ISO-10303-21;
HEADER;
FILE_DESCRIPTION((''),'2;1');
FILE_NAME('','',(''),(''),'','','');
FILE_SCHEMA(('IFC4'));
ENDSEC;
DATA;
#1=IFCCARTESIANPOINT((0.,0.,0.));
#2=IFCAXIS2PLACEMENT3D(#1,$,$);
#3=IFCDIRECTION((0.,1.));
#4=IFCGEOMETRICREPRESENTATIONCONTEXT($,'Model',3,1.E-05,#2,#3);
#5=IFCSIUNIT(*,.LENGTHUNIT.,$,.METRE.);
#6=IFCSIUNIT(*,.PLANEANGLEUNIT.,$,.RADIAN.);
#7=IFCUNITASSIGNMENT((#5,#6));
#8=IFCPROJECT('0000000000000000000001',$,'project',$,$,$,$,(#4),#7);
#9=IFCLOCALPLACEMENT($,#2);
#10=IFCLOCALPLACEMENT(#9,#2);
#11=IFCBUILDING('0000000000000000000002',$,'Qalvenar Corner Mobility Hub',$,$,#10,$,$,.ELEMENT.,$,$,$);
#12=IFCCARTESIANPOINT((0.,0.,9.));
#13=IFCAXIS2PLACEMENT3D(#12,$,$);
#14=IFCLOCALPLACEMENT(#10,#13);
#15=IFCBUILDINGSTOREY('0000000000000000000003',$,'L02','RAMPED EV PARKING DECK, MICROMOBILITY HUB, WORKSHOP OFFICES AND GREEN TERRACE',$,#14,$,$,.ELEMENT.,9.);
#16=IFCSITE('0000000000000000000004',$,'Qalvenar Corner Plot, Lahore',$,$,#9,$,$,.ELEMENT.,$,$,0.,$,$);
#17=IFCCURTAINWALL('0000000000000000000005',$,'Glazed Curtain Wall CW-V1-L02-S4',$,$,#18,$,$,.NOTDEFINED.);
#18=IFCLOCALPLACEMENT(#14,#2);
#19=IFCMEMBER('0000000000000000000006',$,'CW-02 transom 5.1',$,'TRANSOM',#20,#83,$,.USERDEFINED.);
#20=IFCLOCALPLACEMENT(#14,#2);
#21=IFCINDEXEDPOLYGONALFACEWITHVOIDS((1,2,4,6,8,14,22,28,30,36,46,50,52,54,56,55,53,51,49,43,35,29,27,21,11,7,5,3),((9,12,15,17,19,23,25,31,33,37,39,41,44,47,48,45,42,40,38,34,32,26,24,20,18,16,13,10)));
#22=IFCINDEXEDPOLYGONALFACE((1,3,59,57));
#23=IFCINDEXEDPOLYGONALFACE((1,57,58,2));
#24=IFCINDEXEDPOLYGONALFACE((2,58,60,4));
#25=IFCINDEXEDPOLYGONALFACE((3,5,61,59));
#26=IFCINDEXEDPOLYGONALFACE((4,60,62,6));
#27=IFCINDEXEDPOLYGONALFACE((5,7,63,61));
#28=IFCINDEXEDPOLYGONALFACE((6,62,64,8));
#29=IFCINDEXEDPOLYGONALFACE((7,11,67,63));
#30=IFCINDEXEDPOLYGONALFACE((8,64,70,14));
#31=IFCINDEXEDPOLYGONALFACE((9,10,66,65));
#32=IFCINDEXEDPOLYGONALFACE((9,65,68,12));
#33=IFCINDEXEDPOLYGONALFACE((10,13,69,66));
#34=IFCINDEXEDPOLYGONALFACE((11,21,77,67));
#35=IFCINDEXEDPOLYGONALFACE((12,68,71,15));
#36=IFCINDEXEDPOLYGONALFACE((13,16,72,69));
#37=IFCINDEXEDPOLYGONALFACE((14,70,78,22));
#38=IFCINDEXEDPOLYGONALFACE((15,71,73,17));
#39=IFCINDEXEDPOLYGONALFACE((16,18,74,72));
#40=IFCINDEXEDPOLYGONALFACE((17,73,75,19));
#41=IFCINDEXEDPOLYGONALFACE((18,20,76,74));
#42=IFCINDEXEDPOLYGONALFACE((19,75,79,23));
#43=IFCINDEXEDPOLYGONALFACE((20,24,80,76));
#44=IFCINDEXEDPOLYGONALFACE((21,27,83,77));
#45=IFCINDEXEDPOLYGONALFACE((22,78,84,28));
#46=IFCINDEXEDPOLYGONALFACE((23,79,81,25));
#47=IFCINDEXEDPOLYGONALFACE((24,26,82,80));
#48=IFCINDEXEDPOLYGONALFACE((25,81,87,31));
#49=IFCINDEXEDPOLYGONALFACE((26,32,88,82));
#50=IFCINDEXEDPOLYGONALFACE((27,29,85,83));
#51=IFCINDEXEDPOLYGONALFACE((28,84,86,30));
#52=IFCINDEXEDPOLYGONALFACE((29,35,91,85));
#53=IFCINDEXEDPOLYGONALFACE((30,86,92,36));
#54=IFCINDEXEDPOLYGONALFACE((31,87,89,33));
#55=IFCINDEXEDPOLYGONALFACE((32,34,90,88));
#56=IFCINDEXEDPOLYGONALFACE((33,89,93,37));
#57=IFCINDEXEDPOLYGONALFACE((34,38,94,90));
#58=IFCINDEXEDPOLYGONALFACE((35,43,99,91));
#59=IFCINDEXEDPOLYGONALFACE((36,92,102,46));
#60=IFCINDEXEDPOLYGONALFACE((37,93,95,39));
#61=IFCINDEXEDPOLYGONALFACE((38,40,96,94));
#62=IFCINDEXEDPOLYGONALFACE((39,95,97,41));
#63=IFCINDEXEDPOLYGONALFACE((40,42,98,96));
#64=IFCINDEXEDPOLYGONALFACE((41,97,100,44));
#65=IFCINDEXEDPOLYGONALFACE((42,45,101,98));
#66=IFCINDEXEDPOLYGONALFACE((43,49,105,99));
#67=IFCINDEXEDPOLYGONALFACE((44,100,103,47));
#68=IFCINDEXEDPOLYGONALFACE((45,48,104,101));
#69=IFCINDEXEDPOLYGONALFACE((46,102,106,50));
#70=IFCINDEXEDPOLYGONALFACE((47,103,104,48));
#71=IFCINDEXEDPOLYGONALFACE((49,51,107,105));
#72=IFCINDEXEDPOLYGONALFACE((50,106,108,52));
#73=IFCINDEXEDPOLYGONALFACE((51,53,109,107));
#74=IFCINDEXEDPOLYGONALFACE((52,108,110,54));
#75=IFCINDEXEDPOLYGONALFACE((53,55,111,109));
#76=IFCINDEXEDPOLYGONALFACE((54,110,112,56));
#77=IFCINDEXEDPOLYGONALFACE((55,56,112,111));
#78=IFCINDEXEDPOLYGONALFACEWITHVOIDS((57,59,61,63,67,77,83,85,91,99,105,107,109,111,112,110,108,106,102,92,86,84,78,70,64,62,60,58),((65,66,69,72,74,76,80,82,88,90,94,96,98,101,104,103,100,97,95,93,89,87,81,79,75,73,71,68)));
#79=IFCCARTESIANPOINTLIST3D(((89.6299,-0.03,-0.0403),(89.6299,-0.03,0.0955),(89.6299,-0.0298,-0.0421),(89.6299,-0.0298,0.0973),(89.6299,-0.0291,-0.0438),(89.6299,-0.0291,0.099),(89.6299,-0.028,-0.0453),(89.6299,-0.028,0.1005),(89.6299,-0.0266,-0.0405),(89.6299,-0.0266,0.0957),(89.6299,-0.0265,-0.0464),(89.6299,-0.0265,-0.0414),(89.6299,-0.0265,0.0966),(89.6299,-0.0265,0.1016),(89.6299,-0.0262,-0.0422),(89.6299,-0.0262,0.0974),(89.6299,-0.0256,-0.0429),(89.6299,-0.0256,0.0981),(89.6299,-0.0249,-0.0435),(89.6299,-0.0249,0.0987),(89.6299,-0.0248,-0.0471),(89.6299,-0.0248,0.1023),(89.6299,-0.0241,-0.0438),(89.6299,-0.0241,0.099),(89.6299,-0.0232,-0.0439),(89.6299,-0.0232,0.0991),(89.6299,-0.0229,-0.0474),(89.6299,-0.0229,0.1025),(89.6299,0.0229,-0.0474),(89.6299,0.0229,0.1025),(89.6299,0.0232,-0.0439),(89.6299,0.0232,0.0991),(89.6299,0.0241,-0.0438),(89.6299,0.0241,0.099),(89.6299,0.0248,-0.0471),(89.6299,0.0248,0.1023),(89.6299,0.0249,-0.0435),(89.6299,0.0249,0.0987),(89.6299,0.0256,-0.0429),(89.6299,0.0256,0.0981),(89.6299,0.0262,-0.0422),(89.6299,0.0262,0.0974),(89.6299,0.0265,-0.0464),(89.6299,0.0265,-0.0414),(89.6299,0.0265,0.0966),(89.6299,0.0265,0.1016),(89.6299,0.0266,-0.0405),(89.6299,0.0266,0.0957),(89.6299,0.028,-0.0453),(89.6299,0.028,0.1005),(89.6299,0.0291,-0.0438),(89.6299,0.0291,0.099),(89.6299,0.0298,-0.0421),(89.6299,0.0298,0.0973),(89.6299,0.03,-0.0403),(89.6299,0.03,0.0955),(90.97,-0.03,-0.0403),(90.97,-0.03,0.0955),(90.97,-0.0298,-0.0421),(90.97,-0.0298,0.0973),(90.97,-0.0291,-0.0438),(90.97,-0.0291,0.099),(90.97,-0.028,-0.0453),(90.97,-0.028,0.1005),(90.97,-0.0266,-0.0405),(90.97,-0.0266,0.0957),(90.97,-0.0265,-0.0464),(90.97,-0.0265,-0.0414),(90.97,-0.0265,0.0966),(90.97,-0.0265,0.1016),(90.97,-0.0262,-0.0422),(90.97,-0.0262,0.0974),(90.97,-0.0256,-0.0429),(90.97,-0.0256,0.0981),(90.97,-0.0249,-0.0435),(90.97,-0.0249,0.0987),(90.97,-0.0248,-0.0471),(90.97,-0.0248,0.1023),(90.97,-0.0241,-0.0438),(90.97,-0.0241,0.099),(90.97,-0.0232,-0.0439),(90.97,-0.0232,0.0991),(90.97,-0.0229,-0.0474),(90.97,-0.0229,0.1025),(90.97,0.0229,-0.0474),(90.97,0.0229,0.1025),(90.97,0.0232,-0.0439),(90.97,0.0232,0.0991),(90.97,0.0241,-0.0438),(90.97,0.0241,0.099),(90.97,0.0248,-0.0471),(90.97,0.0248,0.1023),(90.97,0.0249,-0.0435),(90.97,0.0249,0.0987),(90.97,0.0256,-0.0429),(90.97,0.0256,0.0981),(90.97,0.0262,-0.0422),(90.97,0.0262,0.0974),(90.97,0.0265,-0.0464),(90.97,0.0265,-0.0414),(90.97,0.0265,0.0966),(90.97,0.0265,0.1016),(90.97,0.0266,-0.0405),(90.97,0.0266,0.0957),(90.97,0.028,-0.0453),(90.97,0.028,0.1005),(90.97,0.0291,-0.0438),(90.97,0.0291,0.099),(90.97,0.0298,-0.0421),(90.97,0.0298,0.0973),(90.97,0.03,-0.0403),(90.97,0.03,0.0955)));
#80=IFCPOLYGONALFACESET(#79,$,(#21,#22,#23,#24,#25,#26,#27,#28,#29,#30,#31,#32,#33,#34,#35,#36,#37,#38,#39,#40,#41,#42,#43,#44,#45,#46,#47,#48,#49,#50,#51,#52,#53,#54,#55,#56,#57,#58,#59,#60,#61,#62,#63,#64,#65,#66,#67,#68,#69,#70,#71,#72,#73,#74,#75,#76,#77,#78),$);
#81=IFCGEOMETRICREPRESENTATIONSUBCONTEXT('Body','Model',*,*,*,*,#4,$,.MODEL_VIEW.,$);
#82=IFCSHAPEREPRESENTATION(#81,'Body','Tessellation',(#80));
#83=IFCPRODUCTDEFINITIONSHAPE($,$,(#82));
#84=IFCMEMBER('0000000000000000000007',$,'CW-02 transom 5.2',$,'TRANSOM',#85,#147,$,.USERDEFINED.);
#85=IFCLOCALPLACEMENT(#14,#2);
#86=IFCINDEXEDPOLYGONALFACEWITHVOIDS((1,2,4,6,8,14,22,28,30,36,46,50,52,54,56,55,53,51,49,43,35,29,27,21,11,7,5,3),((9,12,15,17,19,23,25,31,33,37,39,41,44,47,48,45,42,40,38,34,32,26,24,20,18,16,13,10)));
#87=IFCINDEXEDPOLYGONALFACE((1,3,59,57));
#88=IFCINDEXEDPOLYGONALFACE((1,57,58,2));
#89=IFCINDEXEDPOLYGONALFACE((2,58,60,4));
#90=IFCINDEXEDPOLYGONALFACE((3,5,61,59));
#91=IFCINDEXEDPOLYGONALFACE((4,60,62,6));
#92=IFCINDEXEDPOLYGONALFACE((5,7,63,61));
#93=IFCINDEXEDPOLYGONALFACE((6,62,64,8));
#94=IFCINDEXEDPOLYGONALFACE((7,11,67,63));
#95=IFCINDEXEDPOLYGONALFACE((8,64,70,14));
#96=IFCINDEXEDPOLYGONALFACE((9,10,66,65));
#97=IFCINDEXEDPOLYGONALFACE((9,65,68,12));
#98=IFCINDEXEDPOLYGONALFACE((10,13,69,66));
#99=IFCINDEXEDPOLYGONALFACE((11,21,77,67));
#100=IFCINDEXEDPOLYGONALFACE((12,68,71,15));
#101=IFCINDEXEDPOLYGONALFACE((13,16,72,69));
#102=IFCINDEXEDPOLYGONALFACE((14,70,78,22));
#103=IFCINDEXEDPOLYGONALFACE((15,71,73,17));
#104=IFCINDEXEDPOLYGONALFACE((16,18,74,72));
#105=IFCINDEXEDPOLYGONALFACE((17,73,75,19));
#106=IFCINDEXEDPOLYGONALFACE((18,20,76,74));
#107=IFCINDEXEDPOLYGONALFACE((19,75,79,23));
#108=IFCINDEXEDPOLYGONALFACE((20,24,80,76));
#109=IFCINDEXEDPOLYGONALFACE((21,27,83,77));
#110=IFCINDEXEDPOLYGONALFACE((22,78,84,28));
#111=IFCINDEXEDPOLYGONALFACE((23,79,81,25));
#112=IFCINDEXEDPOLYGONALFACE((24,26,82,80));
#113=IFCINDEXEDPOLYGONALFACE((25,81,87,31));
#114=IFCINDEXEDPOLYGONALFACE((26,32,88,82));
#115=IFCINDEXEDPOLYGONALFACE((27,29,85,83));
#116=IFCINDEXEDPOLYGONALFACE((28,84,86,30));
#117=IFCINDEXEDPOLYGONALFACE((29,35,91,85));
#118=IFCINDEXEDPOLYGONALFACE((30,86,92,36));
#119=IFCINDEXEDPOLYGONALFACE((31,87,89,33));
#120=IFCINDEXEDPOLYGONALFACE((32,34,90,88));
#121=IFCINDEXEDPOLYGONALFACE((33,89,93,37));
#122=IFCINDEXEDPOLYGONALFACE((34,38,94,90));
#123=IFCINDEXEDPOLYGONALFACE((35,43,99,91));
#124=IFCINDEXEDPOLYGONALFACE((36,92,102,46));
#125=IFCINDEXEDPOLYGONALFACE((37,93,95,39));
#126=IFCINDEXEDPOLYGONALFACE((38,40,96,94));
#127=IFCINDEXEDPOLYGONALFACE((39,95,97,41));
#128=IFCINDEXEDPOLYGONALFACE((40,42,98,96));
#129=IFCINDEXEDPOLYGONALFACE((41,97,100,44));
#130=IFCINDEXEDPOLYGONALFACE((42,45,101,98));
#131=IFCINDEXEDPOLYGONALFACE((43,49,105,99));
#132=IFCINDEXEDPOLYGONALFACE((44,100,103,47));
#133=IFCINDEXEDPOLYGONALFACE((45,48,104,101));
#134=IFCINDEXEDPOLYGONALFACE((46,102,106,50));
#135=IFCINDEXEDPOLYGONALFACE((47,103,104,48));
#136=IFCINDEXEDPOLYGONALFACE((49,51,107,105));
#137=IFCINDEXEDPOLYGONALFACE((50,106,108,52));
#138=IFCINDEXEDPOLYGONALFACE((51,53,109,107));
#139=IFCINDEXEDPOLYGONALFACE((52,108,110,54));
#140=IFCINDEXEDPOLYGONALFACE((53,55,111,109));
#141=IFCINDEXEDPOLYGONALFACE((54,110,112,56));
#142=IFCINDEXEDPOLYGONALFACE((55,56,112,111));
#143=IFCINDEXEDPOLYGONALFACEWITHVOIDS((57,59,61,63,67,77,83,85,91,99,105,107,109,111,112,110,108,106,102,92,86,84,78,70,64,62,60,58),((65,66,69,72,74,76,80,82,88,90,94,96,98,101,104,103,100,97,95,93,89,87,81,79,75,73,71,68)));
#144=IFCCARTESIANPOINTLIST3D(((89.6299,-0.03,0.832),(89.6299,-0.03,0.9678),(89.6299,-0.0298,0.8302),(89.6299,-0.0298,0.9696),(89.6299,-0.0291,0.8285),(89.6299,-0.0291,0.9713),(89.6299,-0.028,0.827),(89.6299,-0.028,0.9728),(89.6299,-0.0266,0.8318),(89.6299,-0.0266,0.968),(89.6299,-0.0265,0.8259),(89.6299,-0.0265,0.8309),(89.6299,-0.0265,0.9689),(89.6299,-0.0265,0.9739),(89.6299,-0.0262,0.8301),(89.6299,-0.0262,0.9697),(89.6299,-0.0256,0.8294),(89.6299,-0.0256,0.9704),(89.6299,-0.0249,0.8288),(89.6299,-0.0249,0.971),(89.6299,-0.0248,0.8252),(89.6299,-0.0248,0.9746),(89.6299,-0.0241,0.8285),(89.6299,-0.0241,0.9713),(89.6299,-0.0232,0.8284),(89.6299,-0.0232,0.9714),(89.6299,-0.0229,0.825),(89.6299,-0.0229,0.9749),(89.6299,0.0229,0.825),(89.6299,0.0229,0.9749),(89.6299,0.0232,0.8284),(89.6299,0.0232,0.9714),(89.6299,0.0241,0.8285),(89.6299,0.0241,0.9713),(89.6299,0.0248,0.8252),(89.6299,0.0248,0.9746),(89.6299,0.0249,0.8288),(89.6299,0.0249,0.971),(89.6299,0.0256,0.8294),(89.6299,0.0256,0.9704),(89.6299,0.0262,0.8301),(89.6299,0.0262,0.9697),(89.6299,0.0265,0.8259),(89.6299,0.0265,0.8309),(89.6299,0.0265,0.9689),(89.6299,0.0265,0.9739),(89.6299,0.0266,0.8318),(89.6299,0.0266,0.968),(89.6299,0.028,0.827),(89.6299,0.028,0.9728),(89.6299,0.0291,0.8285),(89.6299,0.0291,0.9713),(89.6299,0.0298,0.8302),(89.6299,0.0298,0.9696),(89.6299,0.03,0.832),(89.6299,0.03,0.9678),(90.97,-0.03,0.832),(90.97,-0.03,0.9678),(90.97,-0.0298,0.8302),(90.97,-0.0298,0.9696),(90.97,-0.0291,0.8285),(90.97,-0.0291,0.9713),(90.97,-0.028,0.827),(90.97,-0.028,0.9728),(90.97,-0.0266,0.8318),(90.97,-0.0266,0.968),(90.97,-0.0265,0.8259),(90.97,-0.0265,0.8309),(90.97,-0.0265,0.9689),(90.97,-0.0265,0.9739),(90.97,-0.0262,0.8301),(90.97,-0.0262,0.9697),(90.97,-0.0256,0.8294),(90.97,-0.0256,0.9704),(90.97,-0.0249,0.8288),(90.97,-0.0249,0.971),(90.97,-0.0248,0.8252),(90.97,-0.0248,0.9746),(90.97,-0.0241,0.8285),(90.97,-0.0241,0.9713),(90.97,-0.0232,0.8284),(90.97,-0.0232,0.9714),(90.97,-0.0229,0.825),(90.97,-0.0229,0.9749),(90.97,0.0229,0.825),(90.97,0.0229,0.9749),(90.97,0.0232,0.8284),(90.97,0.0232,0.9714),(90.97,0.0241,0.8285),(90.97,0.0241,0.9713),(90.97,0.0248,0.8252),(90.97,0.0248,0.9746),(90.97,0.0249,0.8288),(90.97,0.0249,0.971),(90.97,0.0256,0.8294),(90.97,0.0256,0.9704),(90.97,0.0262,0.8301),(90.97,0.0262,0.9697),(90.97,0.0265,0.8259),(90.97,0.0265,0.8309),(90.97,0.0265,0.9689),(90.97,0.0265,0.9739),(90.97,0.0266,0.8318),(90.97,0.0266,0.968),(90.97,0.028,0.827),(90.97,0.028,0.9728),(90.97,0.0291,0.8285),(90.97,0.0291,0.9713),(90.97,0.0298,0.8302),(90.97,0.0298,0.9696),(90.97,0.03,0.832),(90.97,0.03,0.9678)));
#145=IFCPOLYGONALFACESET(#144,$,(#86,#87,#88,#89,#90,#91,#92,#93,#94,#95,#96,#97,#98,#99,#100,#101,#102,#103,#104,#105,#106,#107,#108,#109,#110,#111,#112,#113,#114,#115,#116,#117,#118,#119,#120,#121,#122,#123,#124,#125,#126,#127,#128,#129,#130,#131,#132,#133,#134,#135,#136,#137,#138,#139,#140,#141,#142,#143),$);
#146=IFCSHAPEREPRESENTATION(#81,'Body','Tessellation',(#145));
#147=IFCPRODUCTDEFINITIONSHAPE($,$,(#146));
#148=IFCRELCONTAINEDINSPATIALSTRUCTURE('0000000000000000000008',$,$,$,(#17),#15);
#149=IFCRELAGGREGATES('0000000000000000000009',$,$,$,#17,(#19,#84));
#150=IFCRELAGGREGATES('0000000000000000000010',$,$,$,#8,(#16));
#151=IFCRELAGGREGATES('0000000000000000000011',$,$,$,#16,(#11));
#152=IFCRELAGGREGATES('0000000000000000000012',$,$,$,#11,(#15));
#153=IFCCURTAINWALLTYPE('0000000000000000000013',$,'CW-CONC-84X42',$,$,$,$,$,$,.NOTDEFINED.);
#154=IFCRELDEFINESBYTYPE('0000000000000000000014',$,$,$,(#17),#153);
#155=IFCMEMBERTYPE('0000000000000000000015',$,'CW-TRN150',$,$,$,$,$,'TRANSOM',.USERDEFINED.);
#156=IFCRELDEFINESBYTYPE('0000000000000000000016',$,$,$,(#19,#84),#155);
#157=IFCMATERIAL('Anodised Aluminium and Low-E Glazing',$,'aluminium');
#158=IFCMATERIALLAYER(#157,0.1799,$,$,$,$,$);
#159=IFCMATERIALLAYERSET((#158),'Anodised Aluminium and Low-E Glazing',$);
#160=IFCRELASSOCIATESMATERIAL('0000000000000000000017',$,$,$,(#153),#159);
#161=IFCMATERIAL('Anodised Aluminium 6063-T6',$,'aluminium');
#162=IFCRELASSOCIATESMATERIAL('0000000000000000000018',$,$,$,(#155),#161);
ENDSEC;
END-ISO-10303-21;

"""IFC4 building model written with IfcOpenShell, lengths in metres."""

from ifc_helpers import new_model, si_unit, direction, frame, origin, origin_2d, place, context, subcontext, project, spatial, hollow_rectangle, extrude, material, layer, layer_set, material_profile, profile_set, type_object, element, aggregate, save


model = new_model("IFC4")

# Units and contexts
model_context = context("Model", 3, precision=1e-05, world=origin(), true_north=direction((0.0, 1.0)))
body_context = subcontext(model_context, "Body", "Model", "MODEL_VIEW")
ifc_project = project(units=[si_unit("LENGTHUNIT", "METRE"), si_unit("PLANEANGLEUNIT", "RADIAN")], contexts=[model_context])

# Site, building, storey
site_placement = place(None, origin())
site = spatial("IfcSite", under=ifc_project, at=site_placement, Name="Qalvenar Corner Plot, Lahore", CompositionType="ELEMENT", RefElevation=0.0)
building_placement = place(site_placement, origin())
building = spatial("IfcBuilding", under=site, at=building_placement, Name="Qalvenar Corner Mobility Hub", CompositionType="ELEMENT")
storey_placement = place(building_placement, frame((0.0, 0.0, 9.0)))
storey = spatial("IfcBuildingStorey", under=building, at=storey_placement, Name="L02", Description="RAMPED EV PARKING DECK, MICROMOBILITY HUB, WORKSHOP OFFICES AND GREEN TERRACE", CompositionType="ELEMENT", Elevation=9.0)

# Curtain wall, members
ifc_material_1 = material(Name="Anodised Aluminium and Low-E Glazing", Category="aluminium")
ifc_layer_1 = layer(ifc_material_1, 0.1799)
ifc_layer_set_1 = layer_set([ifc_layer_1], Name="Anodised Aluminium and Low-E Glazing")
curtain_wall_type = type_object("IfcCurtainWallType", Name="CW-CONC-84X42", PredefinedType="NOTDEFINED", material=ifc_layer_set_1)
curtain_wall_placement = place(storey_placement, origin())
curtain_wall = element("IfcCurtainWall", 1, at=curtain_wall_placement, inside=storey, type_object=curtain_wall_type, Name="Glazed Curtain Wall CW-V1-L02-S4", PredefinedType="NOTDEFINED")
ifc_material_2 = material(Name="Anodised Aluminium 6063-T6", Category="aluminium")
ifc_material_profile_1 = material_profile(ifc_material_2, hollow_rectangle(XDim=0.0601, YDim=0.1499, WallThickness=0.0034, InnerFilletRadius=0.0034, OuterFilletRadius=0.0071, at=origin_2d()), Name="RHS150x60x3.5")
ifc_profile_set_1 = profile_set([ifc_material_profile_1], Name="Anodised Aluminium 6063-T6")
member_type_1 = type_object("IfcMemberType", Name="CW-TRN150", ElementType="TRANSOM", PredefinedType="USERDEFINED", material=ifc_profile_set_1)
member_1_placement = place(storey_placement, frame((89.6299, 0.0, 0.0276), z_axis=(1.0, 0.0, 0.0), x_axis=(0.0, 1.0, 0.0)))
member_1 = element("IfcMember", 2, at=member_1_placement, type_object=member_type_1, Name="CW-02 transom 5.1", ObjectType="TRANSOM", PredefinedType="USERDEFINED", context=body_context, shape_type="SweptSolid", body=[
    extrude(hollow_rectangle(XDim=0.0601, YDim=0.1499, WallThickness=0.0034, InnerFilletRadius=0.0034, OuterFilletRadius=0.0071, at=origin_2d()), origin(), (0.0, 0.0, 1.0), 1.3401),
])
member_2_placement = place(storey_placement, frame((89.6299, 0.0, 0.8999), z_axis=(1.0, 0.0, 0.0), x_axis=(0.0, 1.0, 0.0)))
member_2 = element("IfcMember", 3, at=member_2_placement, type_object=member_type_1, Name="CW-02 transom 5.2", ObjectType="TRANSOM", PredefinedType="USERDEFINED", context=body_context, shape_type="SweptSolid", body=[
    extrude(hollow_rectangle(XDim=0.0601, YDim=0.1499, WallThickness=0.0034, InnerFilletRadius=0.0034, OuterFilletRadius=0.0071, at=origin_2d()), origin(), (0.0, 0.0, 1.0), 1.3401),
])
aggregate(curtain_wall, [member_1, member_2])

save(model, "model.ifc")
